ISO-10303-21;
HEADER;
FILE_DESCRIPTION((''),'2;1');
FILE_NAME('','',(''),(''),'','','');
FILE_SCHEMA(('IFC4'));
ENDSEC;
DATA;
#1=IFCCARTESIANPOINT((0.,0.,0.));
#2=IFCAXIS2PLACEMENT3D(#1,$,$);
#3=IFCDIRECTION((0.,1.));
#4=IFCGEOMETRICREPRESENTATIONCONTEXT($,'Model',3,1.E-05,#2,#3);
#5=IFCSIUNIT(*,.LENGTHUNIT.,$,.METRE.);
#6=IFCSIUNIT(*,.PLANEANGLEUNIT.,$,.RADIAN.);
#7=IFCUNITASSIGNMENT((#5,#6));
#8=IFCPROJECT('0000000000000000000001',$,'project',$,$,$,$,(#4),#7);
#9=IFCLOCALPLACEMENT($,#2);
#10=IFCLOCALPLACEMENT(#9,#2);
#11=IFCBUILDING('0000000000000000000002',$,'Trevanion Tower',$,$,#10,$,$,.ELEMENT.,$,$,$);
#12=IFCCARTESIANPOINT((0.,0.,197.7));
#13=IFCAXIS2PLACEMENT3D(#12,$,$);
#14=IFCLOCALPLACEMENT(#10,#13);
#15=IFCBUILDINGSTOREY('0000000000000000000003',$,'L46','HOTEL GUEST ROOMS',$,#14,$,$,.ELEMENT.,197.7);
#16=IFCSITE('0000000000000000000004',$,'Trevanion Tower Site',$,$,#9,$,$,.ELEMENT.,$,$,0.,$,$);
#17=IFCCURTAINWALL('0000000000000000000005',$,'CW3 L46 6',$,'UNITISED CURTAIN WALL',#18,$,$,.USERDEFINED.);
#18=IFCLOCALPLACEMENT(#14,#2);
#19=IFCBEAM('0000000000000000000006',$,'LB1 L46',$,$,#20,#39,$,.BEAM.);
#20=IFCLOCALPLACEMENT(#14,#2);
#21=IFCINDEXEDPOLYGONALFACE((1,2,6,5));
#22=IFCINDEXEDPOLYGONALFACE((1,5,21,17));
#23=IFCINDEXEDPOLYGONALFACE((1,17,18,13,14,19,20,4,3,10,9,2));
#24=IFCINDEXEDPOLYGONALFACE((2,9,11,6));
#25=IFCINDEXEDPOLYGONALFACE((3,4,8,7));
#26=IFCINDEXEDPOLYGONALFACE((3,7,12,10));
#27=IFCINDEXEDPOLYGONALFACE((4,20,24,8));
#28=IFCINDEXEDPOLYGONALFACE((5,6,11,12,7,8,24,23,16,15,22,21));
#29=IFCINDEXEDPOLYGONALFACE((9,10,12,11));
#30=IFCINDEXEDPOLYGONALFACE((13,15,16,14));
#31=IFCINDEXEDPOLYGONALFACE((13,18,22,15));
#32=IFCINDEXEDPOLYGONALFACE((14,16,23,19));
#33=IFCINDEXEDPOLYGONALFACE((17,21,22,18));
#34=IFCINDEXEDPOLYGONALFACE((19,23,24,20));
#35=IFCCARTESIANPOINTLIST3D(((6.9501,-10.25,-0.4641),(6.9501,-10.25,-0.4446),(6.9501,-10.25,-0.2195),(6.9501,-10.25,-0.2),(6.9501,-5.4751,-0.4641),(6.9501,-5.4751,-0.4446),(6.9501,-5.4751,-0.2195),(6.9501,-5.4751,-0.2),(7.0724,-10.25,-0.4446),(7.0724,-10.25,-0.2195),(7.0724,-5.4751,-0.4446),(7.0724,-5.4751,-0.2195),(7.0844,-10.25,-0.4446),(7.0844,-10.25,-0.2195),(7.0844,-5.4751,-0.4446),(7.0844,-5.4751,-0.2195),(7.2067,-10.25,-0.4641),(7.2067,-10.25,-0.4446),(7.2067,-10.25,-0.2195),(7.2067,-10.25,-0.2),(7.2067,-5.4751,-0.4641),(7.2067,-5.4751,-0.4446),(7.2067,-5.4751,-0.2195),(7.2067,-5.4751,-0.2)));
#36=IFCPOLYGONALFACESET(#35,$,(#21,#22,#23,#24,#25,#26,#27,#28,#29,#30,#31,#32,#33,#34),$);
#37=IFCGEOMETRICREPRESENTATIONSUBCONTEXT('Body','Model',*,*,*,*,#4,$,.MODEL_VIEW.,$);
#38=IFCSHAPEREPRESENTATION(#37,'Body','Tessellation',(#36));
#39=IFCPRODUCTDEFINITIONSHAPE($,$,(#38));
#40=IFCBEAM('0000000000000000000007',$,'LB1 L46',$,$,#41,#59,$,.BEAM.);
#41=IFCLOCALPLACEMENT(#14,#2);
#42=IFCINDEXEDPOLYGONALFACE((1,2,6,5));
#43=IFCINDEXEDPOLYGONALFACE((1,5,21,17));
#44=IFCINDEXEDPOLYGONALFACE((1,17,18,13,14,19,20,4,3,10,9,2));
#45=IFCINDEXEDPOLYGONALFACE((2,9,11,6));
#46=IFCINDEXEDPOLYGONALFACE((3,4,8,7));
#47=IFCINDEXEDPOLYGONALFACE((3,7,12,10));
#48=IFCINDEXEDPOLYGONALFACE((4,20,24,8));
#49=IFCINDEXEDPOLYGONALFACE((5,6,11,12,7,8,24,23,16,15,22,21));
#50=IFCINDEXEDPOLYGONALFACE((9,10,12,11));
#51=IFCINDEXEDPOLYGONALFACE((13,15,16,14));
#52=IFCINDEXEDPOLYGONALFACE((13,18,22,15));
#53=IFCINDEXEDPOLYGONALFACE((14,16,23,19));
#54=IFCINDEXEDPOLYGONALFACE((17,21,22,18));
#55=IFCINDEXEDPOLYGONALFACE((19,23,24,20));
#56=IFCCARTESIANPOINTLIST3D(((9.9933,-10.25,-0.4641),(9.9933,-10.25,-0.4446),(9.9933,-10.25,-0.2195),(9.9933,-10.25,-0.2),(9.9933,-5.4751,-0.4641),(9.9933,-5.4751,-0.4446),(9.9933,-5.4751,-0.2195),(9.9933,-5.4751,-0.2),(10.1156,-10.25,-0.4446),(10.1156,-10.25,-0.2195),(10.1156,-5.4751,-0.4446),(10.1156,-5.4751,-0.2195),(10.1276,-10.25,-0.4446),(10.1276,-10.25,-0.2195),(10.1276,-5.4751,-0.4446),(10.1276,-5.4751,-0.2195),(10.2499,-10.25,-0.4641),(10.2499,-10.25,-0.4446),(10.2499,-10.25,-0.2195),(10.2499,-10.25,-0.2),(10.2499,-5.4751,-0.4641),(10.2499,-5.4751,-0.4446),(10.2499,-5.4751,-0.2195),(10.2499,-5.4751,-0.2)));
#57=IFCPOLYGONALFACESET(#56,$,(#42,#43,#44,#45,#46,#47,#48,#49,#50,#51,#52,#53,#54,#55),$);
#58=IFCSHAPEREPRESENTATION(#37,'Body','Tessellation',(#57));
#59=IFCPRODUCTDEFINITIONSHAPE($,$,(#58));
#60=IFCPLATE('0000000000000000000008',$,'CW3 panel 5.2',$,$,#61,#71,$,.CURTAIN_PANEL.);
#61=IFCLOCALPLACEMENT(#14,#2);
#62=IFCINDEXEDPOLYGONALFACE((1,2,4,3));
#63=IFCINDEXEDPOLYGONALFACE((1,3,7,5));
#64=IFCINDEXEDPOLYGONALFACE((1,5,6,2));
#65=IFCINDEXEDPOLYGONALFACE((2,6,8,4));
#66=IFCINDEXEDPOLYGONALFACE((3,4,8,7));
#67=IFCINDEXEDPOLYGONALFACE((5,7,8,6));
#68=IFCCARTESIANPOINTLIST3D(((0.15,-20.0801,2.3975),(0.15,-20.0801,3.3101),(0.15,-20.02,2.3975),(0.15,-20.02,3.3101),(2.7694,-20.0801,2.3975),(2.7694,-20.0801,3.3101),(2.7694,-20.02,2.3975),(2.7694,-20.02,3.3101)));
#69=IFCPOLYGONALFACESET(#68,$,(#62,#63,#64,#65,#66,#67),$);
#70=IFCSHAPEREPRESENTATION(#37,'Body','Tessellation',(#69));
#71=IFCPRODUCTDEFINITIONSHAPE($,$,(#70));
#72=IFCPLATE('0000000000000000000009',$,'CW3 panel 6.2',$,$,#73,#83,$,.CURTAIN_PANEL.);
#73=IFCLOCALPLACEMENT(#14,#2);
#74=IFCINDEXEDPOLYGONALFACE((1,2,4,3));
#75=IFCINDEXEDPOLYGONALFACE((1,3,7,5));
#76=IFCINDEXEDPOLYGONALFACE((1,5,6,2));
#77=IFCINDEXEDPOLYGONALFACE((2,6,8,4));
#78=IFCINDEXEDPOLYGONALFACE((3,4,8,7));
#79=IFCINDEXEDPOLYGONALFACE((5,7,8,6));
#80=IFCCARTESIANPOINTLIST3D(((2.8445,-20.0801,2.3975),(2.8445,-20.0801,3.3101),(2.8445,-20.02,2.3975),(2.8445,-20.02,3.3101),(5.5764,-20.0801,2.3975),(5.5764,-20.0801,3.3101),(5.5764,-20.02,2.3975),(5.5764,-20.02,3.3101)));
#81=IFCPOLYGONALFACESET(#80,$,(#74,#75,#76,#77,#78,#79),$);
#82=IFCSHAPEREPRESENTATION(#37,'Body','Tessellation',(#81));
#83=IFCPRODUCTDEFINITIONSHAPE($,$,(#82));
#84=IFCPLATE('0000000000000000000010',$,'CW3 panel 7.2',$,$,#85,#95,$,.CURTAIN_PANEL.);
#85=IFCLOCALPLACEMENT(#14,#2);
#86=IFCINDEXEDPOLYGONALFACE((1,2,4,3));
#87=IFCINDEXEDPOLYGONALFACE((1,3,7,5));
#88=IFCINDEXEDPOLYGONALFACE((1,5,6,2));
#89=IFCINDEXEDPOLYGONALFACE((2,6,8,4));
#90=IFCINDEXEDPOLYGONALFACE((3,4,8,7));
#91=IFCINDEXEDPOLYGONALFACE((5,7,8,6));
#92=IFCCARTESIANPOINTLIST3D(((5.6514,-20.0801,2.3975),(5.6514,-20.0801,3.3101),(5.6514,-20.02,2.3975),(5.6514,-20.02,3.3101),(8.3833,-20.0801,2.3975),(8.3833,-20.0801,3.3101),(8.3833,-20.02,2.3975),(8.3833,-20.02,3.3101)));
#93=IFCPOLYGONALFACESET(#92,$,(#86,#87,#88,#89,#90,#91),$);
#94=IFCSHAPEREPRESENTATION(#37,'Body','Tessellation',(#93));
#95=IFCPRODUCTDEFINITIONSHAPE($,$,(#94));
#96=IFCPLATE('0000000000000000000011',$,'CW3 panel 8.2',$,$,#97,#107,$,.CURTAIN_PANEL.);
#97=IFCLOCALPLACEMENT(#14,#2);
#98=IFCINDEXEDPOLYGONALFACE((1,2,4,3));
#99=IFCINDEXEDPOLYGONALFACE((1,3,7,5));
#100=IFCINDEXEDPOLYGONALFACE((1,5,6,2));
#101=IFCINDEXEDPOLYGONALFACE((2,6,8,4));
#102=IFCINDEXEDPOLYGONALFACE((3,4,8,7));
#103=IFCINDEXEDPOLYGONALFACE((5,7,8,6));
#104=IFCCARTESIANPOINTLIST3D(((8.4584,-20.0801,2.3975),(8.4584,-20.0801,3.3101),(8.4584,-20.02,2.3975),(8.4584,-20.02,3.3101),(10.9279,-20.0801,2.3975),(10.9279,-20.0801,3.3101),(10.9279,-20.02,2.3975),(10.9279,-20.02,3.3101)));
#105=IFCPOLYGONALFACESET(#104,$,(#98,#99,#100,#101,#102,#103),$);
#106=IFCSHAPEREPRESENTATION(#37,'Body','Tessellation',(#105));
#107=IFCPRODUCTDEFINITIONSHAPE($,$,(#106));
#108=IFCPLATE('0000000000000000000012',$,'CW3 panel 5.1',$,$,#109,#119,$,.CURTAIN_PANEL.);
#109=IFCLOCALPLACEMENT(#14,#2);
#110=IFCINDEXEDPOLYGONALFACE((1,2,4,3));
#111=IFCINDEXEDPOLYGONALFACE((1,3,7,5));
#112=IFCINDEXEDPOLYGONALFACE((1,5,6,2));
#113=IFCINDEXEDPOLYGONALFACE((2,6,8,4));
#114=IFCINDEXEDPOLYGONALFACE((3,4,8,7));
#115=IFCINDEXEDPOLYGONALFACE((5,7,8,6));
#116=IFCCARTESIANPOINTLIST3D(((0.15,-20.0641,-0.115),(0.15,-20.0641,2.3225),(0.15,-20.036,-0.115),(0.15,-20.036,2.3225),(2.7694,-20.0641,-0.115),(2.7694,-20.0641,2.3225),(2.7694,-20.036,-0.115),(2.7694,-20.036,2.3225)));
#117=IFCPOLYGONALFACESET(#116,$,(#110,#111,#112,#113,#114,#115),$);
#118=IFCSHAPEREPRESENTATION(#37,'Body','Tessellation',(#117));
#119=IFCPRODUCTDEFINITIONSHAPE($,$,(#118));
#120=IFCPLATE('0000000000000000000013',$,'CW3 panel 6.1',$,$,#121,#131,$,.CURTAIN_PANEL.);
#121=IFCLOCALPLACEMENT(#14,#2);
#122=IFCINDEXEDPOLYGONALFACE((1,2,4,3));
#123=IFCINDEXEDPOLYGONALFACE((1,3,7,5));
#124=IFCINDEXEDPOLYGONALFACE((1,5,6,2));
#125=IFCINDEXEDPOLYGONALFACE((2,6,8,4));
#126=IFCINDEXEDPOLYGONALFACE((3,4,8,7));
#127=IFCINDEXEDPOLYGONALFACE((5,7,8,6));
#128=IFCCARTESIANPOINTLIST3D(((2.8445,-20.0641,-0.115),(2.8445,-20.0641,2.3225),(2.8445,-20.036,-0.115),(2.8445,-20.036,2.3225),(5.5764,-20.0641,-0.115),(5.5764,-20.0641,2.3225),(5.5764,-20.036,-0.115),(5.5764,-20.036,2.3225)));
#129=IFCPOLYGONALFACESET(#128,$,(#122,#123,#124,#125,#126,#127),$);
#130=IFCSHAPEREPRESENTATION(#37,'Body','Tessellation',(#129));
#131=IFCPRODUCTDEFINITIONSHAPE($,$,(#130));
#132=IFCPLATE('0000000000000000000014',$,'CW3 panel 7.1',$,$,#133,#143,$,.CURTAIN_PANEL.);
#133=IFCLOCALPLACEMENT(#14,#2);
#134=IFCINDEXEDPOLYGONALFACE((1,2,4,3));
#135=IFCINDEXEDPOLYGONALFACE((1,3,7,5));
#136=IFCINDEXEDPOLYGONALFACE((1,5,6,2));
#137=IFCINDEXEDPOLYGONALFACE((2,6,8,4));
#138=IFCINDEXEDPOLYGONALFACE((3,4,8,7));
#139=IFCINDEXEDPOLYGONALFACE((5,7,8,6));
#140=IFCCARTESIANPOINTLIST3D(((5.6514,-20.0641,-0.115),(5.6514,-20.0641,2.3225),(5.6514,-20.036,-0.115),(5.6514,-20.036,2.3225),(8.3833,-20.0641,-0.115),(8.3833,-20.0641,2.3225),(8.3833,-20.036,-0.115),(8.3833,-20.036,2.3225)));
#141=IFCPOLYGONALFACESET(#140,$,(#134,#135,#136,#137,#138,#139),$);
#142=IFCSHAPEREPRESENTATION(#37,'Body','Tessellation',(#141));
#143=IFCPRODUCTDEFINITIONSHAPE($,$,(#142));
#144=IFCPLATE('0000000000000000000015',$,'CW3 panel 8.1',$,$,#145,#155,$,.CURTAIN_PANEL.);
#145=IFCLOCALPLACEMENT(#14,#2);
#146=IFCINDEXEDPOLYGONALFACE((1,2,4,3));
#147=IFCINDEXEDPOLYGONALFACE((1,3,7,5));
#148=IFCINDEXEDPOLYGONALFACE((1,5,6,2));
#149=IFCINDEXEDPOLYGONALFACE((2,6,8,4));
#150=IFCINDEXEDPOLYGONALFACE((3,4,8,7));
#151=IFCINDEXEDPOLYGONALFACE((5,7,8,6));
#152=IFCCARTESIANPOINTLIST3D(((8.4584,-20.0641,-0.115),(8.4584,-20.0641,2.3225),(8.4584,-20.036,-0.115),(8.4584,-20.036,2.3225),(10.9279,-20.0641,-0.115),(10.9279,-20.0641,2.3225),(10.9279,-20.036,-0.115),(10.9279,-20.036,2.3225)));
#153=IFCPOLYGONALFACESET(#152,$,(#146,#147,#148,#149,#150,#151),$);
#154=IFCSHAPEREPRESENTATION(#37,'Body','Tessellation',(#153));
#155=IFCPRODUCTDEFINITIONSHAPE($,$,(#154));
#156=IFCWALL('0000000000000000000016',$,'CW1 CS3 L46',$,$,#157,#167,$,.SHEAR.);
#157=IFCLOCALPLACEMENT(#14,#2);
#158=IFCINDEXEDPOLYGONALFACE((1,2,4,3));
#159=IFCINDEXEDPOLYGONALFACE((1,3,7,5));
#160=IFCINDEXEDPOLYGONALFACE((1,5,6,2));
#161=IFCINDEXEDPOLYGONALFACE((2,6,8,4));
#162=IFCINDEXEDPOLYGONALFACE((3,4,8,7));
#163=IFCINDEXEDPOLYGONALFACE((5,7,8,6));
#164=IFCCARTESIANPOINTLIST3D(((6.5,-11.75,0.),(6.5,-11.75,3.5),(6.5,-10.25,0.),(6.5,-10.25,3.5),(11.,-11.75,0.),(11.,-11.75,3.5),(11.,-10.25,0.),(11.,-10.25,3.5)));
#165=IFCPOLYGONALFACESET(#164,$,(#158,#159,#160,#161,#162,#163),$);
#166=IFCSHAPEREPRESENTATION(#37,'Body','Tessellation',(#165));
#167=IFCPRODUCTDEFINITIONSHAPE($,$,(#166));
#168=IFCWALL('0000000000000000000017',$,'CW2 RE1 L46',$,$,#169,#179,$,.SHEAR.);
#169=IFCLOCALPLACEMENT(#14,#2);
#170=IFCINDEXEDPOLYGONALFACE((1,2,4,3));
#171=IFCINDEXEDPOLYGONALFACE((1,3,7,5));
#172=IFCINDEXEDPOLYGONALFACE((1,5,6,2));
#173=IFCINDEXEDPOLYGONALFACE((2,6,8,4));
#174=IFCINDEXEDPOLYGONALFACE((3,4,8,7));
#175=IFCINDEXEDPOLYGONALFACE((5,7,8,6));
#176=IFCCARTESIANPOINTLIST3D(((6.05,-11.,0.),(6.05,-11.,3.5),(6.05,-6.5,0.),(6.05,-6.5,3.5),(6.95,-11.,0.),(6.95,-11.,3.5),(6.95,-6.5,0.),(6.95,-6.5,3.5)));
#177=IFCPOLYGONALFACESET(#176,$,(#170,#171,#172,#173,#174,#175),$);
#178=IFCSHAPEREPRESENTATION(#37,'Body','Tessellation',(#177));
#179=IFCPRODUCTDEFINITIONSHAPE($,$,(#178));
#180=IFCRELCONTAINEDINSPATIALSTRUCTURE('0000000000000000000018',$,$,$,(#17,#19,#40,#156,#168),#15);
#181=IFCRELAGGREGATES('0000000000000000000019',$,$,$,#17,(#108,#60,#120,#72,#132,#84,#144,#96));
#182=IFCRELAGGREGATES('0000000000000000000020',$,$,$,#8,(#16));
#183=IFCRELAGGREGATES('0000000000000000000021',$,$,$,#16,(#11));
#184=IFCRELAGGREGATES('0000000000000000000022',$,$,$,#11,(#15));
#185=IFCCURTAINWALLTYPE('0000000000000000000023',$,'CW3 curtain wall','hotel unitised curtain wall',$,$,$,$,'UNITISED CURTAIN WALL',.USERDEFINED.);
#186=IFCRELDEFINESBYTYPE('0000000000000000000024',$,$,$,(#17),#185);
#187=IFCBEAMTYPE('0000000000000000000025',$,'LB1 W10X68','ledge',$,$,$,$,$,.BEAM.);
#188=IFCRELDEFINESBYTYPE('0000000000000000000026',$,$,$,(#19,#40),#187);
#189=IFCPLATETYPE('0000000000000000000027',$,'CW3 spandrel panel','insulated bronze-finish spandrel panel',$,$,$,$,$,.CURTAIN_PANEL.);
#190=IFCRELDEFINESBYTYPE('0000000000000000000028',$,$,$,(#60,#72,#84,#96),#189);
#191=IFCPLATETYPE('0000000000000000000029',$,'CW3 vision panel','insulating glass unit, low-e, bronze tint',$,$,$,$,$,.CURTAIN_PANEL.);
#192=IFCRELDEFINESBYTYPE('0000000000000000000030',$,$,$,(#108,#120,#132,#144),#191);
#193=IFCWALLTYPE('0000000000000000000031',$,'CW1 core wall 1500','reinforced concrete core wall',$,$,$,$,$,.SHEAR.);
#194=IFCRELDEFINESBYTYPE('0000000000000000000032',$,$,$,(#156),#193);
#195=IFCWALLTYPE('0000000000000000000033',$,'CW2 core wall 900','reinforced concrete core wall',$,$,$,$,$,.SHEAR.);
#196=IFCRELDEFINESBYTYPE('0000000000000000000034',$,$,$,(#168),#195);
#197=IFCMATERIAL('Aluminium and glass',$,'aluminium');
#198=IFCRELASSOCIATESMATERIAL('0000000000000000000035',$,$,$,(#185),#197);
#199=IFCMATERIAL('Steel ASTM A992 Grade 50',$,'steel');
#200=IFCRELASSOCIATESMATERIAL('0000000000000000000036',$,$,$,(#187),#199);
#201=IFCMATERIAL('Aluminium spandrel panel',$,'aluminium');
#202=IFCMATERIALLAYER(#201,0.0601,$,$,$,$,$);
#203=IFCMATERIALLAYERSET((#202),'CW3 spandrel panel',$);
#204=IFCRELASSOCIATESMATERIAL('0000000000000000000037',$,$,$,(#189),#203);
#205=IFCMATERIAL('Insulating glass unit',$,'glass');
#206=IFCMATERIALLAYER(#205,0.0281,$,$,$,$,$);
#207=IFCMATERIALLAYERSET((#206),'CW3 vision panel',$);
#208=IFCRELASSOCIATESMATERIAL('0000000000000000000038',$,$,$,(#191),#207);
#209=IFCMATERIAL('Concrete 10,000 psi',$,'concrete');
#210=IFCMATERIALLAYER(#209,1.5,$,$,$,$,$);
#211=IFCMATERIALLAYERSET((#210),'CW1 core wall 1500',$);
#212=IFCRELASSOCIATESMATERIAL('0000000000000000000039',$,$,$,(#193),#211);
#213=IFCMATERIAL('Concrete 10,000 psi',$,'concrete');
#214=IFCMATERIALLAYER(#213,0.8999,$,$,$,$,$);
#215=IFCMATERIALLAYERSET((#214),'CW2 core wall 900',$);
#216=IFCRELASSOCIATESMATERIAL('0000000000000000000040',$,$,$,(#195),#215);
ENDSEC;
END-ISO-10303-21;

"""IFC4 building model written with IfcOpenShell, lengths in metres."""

from ifc_helpers import new_model, si_unit, direction, frame, frame_2d, origin, origin_2d, place, context, subcontext, project, spatial, rectangle, i_section, extrude, material, layer, layer_set, material_profile, profile_set, type_object, element, aggregate, save


model = new_model("IFC4")

# Units and contexts
model_context = context("Model", 3, precision=1e-05, world=origin(), true_north=direction((0.0, 1.0)))
body_context = subcontext(model_context, "Body", "Model", "MODEL_VIEW")
ifc_project = project(units=[si_unit("LENGTHUNIT", "METRE"), si_unit("PLANEANGLEUNIT", "RADIAN")], contexts=[model_context])

# Site, building, storey
site_placement = place(None, origin())
site = spatial("IfcSite", under=ifc_project, at=site_placement, Name="Trevanion Tower Site", CompositionType="ELEMENT", RefElevation=0.0)
building_placement = place(site_placement, origin())
building = spatial("IfcBuilding", under=site, at=building_placement, Name="Trevanion Tower", CompositionType="ELEMENT")
storey_placement = place(building_placement, frame((0.0, 0.0, 197.7)))
storey = spatial("IfcBuildingStorey", under=building, at=storey_placement, Name="L46", Description="HOTEL GUEST ROOMS", CompositionType="ELEMENT", Elevation=197.7)

# Curtain wall
ifc_material_1 = material(Name="Aluminium and glass", Category="aluminium")
curtain_wall_type = type_object("IfcCurtainWallType", Name="CW3 curtain wall", Description="hotel unitised curtain wall", ElementType="UNITISED CURTAIN WALL", PredefinedType="USERDEFINED", material=ifc_material_1)
curtain_wall_placement = place(storey_placement, origin())
curtain_wall = element("IfcCurtainWall", 1, at=curtain_wall_placement, inside=storey, type_object=curtain_wall_type, Name="CW3 L46 6", ObjectType="UNITISED CURTAIN WALL", PredefinedType="USERDEFINED")

# Beams
ifc_material_2 = material(Name="Steel ASTM A992 Grade 50", Category="steel")
ifc_material_profile_1 = material_profile(ifc_material_2, i_section(OverallWidth=0.2566, OverallDepth=0.2642, WebThickness=0.012, FlangeThickness=0.0195, at=origin_2d()), Name="W10X68")
ifc_profile_set_1 = profile_set([ifc_material_profile_1], Name="Steel ASTM A992 Grade 50")
beam_type_1 = type_object("IfcBeamType", Name="LB1 W10X68", Description="ledge", PredefinedType="BEAM", material=ifc_profile_set_1)
for number, where, z_axis, x_axis, name in (
    (2, (7.0784, -10.25, -0.332), (0.0, 1.0, 0.0), (-1.0, 0.0, 0.0), "LB1 L46"),
    (3, (10.1216, -10.25, -0.332), (0.0, 1.0, 0.0), (-1.0, 0.0, 0.0), "LB1 L46"),
):
    element("IfcBeam", number, at=place(storey_placement, frame(where, z_axis=z_axis, x_axis=x_axis)), inside=storey, type_object=beam_type_1, Name=name, PredefinedType="BEAM", context=body_context, shape_type="SweptSolid", body=[
        extrude(i_section(OverallWidth=0.2566, OverallDepth=0.2642, WebThickness=0.012, FlangeThickness=0.0195, at=origin_2d()), origin(), (0.0, 0.0, 1.0), 4.7749),
    ])

# Plates
ifc_material_3 = material(Name="Aluminium spandrel panel", Category="aluminium")
ifc_layer_1 = layer(ifc_material_3, 0.0601)
ifc_layer_set_1 = layer_set([ifc_layer_1], Name="CW3 spandrel panel")
plate_type_1 = type_object("IfcPlateType", Name="CW3 spandrel panel", Description="insulated bronze-finish spandrel panel", PredefinedType="CURTAIN_PANEL", material=ifc_layer_set_1)
plate_1_placement = place(storey_placement, frame((1.4597, -20.05, 2.3975), z_axis=(0.0, 0.0, 1.0), x_axis=(1.0, 0.0, 0.0)))
plate_1 = element("IfcPlate", 4, at=plate_1_placement, type_object=plate_type_1, Name="CW3 panel 5.2", PredefinedType="CURTAIN_PANEL", context=body_context, shape_type="SweptSolid", body=[
    extrude(rectangle(XDim=2.6194, YDim=0.0601, at=origin_2d()), origin(), (0.0, 0.0, 1.0), 0.9126),
])
plate_2_placement = place(storey_placement, frame((4.2104, -20.05, 2.3975), z_axis=(0.0, 0.0, 1.0), x_axis=(1.0, 0.0, 0.0)))
plate_2 = element("IfcPlate", 5, at=plate_2_placement, type_object=plate_type_1, Name="CW3 panel 6.2", PredefinedType="CURTAIN_PANEL", context=body_context, shape_type="SweptSolid", body=[
    extrude(rectangle(XDim=2.7319, YDim=0.0601, at=origin_2d()), origin(), (0.0, 0.0, 1.0), 0.9126),
])
plate_3_placement = place(storey_placement, frame((7.0173, -20.05, 2.3975), z_axis=(0.0, 0.0, 1.0), x_axis=(1.0, 0.0, 0.0)))
plate_3 = element("IfcPlate", 6, at=plate_3_placement, type_object=plate_type_1, Name="CW3 panel 7.2", PredefinedType="CURTAIN_PANEL", context=body_context, shape_type="SweptSolid", body=[
    extrude(rectangle(XDim=2.7319, YDim=0.0601, at=origin_2d()), origin(), (0.0, 0.0, 1.0), 0.9126),
])
plate_4_placement = place(storey_placement, frame((9.6931, -20.05, 2.3975), z_axis=(0.0, 0.0, 1.0), x_axis=(1.0, 0.0, 0.0)))
plate_4 = element("IfcPlate", 7, at=plate_4_placement, type_object=plate_type_1, Name="CW3 panel 8.2", PredefinedType="CURTAIN_PANEL", context=body_context, shape_type="SweptSolid", body=[
    extrude(rectangle(XDim=2.4695, YDim=0.0601, at=origin_2d()), origin(), (0.0, 0.0, 1.0), 0.9126),
])
ifc_material_4 = material(Name="Insulating glass unit", Category="glass")
ifc_layer_2 = layer(ifc_material_4, 0.0281)
ifc_layer_set_2 = layer_set([ifc_layer_2], Name="CW3 vision panel")
plate_type_2 = type_object("IfcPlateType", Name="CW3 vision panel", Description="insulating glass unit, low-e, bronze tint", PredefinedType="CURTAIN_PANEL", material=ifc_layer_set_2)
plate_5_placement = place(storey_placement, frame((1.4597, -20.05, -0.115), z_axis=(0.0, 0.0, 1.0), x_axis=(1.0, 0.0, 0.0)))
plate_5 = element("IfcPlate", 8, at=plate_5_placement, type_object=plate_type_2, Name="CW3 panel 5.1", PredefinedType="CURTAIN_PANEL", context=body_context, shape_type="SweptSolid", body=[
    extrude(rectangle(XDim=2.6194, YDim=0.0281, at=origin_2d()), origin(), (0.0, 0.0, 1.0), 2.4375),
])
plate_6_placement = place(storey_placement, frame((4.2104, -20.05, -0.115), z_axis=(0.0, 0.0, 1.0), x_axis=(1.0, 0.0, 0.0)))
plate_6 = element("IfcPlate", 9, at=plate_6_placement, type_object=plate_type_2, Name="CW3 panel 6.1", PredefinedType="CURTAIN_PANEL", context=body_context, shape_type="SweptSolid", body=[
    extrude(rectangle(XDim=2.7319, YDim=0.0281, at=origin_2d()), origin(), (0.0, 0.0, 1.0), 2.4375),
])
plate_7_placement = place(storey_placement, frame((7.0173, -20.05, -0.115), z_axis=(0.0, 0.0, 1.0), x_axis=(1.0, 0.0, 0.0)))
plate_7 = element("IfcPlate", 10, at=plate_7_placement, type_object=plate_type_2, Name="CW3 panel 7.1", PredefinedType="CURTAIN_PANEL", context=body_context, shape_type="SweptSolid", body=[
    extrude(rectangle(XDim=2.7319, YDim=0.0281, at=origin_2d()), origin(), (0.0, 0.0, 1.0), 2.4375),
])
plate_8_placement = place(storey_placement, frame((9.6931, -20.05, -0.115), z_axis=(0.0, 0.0, 1.0), x_axis=(1.0, 0.0, 0.0)))
plate_8 = element("IfcPlate", 11, at=plate_8_placement, type_object=plate_type_2, Name="CW3 panel 8.1", PredefinedType="CURTAIN_PANEL", context=body_context, shape_type="SweptSolid", body=[
    extrude(rectangle(XDim=2.4695, YDim=0.0281, at=origin_2d()), origin(), (0.0, 0.0, 1.0), 2.4375),
])
aggregate(curtain_wall, [plate_5, plate_1, plate_6, plate_2, plate_7, plate_3, plate_8, plate_4])

# Walls
ifc_material_5 = material(Name="Concrete 10,000 psi", Category="concrete")
ifc_layer_3 = layer(ifc_material_5, 1.5)
ifc_layer_set_3 = layer_set([ifc_layer_3], Name="CW1 core wall 1500")
wall_type_1 = type_object("IfcWallType", Name="CW1 core wall 1500", Description="reinforced concrete core wall", PredefinedType="SHEAR", material=ifc_layer_set_3)
wall_1_placement = place(storey_placement, frame((6.5, -11.0, 0.0), z_axis=(0.0, 0.0, 1.0), x_axis=(1.0, 0.0, 0.0)))
element("IfcWall", 12, at=wall_1_placement, inside=storey, type_object=wall_type_1, Name="CW1 CS3 L46", PredefinedType="SHEAR", context=body_context, shape_type="SweptSolid", body=[
    extrude(rectangle(XDim=4.5, YDim=1.5, at=frame_2d((2.25, 0.0))), origin(), (0.0, 0.0, 1.0), 3.5),
])
ifc_material_6 = material(Name="Concrete 10,000 psi", Category="concrete")
ifc_layer_4 = layer(ifc_material_6, 0.8999)
ifc_layer_set_4 = layer_set([ifc_layer_4], Name="CW2 core wall 900")
wall_type_2 = type_object("IfcWallType", Name="CW2 core wall 900", Description="reinforced concrete core wall", PredefinedType="SHEAR", material=ifc_layer_set_4)
wall_2_placement = place(storey_placement, frame((6.5, -11.0, 0.0), z_axis=(0.0, 0.0, 1.0), x_axis=(0.0, 1.0, 0.0)))
element("IfcWall", 13, at=wall_2_placement, inside=storey, type_object=wall_type_2, Name="CW2 RE1 L46", PredefinedType="SHEAR", context=body_context, shape_type="SweptSolid", body=[
    extrude(rectangle(XDim=4.5, YDim=0.8999, at=frame_2d((2.25, 0.0))), origin(), (0.0, 0.0, 1.0), 3.5),
])

save(model, "model.ifc")
